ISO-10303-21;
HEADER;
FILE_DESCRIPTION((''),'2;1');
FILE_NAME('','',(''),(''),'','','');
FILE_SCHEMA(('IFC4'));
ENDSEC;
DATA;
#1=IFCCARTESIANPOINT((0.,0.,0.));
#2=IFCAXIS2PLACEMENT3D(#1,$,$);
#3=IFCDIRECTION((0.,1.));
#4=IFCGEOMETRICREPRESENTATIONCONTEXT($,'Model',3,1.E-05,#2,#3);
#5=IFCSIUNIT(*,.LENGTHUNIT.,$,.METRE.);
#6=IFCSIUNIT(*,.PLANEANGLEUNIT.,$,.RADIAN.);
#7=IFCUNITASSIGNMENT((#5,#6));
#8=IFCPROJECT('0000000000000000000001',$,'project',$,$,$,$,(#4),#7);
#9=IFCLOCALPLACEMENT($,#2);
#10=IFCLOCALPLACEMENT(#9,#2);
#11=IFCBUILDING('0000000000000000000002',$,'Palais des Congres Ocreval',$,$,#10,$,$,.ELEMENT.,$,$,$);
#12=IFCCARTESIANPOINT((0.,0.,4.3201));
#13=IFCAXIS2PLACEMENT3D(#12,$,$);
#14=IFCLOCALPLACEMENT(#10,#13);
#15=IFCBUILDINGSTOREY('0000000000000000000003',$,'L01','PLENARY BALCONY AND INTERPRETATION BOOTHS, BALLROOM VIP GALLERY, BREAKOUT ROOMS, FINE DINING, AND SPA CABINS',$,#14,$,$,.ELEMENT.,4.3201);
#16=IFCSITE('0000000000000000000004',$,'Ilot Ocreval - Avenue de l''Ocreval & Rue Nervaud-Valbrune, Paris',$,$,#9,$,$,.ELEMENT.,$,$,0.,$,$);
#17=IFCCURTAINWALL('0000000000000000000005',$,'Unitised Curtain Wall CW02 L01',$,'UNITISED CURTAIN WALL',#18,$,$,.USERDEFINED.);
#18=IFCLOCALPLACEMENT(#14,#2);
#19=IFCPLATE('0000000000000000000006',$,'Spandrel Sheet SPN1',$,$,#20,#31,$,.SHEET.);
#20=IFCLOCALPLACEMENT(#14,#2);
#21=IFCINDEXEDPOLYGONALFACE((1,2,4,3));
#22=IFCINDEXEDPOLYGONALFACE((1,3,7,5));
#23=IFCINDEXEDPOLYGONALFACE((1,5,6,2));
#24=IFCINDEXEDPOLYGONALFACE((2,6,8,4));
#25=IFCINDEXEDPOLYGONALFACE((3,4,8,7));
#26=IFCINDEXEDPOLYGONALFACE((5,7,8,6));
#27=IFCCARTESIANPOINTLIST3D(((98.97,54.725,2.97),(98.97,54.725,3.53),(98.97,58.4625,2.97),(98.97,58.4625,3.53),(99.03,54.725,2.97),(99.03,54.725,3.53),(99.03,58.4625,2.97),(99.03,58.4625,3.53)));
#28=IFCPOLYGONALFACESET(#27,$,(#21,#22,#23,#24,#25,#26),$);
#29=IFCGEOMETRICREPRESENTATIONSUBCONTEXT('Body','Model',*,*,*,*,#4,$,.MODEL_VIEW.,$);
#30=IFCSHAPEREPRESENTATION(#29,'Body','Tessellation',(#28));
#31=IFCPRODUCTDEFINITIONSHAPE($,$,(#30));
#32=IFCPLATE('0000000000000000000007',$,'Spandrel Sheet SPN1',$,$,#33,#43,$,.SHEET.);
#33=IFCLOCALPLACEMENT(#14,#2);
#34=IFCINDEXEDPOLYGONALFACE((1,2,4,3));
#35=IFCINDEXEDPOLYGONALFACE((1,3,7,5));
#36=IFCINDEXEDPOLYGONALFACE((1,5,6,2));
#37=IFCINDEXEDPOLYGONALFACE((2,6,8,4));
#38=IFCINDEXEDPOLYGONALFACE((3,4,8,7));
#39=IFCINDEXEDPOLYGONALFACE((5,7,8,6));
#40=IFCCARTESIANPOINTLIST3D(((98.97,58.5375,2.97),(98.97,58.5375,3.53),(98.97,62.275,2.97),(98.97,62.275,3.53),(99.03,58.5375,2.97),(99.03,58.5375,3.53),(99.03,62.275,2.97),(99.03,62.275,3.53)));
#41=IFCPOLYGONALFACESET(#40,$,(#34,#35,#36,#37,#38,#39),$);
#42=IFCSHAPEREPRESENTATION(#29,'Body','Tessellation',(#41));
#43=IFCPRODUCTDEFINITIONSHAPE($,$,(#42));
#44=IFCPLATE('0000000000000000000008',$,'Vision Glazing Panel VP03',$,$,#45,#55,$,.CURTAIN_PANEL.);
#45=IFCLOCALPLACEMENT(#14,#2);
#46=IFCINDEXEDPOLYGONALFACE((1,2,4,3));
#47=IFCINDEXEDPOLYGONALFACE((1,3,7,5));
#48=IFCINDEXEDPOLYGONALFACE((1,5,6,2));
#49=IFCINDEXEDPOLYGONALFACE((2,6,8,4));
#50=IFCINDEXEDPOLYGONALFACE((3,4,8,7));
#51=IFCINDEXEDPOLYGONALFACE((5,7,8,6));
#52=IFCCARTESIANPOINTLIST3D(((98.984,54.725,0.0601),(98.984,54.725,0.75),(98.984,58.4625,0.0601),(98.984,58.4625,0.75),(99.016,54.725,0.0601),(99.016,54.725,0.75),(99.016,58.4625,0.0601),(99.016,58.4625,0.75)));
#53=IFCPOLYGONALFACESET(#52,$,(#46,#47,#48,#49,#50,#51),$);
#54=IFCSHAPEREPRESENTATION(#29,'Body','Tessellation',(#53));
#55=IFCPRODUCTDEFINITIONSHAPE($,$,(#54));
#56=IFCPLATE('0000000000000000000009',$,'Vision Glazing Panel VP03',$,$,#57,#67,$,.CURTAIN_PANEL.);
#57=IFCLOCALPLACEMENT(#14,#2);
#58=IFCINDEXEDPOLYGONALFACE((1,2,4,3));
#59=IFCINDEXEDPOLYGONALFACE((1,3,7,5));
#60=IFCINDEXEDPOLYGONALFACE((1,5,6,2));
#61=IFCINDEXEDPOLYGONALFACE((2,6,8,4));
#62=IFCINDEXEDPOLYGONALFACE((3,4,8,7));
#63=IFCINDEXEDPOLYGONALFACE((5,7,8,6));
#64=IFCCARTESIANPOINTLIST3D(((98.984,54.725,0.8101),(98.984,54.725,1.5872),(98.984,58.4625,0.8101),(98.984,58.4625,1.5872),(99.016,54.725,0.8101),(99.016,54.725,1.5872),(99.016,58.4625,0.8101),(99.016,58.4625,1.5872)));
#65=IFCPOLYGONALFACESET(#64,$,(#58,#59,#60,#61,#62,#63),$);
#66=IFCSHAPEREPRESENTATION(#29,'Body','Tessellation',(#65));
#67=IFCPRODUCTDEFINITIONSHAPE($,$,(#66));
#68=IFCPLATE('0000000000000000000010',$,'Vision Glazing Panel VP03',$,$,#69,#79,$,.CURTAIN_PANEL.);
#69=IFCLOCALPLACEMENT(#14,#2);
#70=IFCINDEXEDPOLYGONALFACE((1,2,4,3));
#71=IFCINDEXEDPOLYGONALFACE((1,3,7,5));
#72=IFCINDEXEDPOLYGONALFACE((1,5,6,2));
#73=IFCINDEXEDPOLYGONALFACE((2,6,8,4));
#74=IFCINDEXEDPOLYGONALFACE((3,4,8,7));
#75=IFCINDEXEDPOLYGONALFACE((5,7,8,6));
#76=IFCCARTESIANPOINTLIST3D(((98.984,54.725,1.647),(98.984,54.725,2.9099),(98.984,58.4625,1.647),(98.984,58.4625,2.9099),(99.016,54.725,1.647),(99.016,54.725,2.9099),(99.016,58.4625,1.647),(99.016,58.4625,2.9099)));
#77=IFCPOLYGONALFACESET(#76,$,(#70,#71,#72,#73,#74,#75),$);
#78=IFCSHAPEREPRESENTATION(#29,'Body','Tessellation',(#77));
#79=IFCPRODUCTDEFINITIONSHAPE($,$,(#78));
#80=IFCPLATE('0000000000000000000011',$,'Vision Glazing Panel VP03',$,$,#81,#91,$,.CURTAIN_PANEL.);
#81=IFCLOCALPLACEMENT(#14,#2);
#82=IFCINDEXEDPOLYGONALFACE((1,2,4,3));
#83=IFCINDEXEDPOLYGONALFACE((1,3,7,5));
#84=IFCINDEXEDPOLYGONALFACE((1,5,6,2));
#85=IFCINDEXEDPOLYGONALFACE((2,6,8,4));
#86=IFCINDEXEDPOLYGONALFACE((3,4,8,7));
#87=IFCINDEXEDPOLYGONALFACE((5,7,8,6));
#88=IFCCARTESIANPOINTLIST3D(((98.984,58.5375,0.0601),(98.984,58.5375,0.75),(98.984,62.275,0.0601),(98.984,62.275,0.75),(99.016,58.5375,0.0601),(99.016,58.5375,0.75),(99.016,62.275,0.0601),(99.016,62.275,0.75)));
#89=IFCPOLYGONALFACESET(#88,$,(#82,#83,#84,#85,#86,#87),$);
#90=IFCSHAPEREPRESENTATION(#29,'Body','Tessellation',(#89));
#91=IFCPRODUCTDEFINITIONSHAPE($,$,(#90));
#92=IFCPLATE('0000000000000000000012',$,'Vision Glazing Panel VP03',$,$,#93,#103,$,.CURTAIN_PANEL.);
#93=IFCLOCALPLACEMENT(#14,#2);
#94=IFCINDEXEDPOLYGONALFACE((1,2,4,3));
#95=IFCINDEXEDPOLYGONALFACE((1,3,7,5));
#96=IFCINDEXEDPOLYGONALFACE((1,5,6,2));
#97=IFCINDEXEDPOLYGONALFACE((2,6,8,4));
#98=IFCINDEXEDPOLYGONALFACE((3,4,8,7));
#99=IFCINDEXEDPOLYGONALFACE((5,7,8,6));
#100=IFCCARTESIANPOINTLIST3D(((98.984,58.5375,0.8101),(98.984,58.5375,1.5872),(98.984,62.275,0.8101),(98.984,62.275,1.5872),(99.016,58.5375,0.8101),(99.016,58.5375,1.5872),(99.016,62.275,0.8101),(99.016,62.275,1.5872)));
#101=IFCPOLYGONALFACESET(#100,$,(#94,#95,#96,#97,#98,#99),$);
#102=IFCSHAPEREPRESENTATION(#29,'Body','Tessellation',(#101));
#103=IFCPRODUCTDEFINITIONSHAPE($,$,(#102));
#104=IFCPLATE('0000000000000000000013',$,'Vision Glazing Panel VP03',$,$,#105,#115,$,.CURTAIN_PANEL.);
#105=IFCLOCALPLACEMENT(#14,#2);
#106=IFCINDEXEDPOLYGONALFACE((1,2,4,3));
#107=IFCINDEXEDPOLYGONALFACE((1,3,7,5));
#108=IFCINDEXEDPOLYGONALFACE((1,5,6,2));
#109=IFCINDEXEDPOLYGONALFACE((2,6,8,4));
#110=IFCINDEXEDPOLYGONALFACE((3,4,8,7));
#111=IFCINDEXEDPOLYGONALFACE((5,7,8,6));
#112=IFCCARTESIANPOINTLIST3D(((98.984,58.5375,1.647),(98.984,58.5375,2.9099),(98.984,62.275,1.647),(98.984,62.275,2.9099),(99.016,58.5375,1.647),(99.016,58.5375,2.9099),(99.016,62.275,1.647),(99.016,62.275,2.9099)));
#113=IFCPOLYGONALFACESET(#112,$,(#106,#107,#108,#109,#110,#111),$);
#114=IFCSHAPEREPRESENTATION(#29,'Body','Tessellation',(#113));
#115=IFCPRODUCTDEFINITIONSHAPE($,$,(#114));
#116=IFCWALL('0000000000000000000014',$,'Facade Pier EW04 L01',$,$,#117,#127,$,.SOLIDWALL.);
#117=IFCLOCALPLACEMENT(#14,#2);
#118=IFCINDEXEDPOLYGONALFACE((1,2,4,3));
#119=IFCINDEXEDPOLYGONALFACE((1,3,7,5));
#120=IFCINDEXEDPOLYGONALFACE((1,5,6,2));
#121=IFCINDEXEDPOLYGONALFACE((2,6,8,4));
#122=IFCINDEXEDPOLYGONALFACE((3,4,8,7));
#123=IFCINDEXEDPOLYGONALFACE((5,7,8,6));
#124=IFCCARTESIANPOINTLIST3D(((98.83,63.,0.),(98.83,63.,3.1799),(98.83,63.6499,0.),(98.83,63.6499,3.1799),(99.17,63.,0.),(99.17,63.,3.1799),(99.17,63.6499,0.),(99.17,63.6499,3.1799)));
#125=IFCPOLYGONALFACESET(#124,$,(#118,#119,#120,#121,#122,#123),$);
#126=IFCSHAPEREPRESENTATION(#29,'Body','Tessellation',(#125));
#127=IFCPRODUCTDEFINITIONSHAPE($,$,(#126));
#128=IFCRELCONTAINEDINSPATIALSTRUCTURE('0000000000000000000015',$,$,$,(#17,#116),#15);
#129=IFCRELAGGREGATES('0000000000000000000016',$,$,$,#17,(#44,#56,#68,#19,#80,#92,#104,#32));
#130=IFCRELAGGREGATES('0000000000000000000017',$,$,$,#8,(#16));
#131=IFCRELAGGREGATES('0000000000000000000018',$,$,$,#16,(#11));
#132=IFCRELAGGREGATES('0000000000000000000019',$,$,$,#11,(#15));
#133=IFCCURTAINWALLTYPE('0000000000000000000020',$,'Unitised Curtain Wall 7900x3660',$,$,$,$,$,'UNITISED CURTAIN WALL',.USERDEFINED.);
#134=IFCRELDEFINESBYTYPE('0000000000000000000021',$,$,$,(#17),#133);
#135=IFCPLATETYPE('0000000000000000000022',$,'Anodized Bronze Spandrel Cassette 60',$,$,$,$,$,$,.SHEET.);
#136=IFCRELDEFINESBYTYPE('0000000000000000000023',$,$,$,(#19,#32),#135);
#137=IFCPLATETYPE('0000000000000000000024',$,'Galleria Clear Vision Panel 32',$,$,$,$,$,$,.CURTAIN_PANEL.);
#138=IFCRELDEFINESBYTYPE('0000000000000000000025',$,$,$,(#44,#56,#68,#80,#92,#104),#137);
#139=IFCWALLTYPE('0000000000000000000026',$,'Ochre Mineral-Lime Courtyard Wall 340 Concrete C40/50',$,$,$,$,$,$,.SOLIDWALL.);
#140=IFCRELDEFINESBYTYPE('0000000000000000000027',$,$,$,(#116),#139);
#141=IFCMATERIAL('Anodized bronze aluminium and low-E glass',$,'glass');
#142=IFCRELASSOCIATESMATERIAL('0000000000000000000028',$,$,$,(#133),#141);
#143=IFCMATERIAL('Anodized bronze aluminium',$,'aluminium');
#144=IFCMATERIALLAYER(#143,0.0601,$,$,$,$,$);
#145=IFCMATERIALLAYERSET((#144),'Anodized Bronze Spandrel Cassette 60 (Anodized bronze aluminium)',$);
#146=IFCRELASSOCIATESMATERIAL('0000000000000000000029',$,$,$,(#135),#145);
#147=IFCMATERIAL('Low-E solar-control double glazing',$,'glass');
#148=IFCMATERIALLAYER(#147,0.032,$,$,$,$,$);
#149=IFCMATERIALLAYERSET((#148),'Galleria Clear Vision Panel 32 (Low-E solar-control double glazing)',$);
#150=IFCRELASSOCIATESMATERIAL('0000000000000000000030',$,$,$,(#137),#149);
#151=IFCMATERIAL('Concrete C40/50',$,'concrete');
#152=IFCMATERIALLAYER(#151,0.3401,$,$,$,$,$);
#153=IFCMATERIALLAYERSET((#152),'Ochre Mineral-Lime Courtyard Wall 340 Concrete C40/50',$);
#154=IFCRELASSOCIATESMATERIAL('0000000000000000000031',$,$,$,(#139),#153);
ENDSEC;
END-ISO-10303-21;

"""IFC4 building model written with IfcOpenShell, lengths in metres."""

from ifc_helpers import new_model, si_unit, direction, frame, frame_2d, origin, origin_2d, place, context, subcontext, project, spatial, rectangle, extrude, material, layer, layer_set, type_object, element, aggregate, save


model = new_model("IFC4")

# Units and contexts
model_context = context("Model", 3, precision=1e-05, world=origin(), true_north=direction((0.0, 1.0)))
body_context = subcontext(model_context, "Body", "Model", "MODEL_VIEW")
ifc_project = project(units=[si_unit("LENGTHUNIT", "METRE"), si_unit("PLANEANGLEUNIT", "RADIAN")], contexts=[model_context])

# Site, building, storey
site_placement = place(None, origin())
site = spatial("IfcSite", under=ifc_project, at=site_placement, Name="Ilot Ocreval - Avenue de l'Ocreval & Rue Nervaud-Valbrune, Paris", CompositionType="ELEMENT", RefElevation=0.0)
building_placement = place(site_placement, origin())
building = spatial("IfcBuilding", under=site, at=building_placement, Name="Palais des Congres Ocreval", CompositionType="ELEMENT")
storey_placement = place(building_placement, frame((0.0, 0.0, 4.3201)))
storey = spatial("IfcBuildingStorey", under=building, at=storey_placement, Name="L01", Description="PLENARY BALCONY AND INTERPRETATION BOOTHS, BALLROOM VIP GALLERY, BREAKOUT ROOMS, FINE DINING, AND SPA CABINS", CompositionType="ELEMENT", Elevation=4.3201)

# Curtain wall
ifc_material_1 = material(Name="Anodized bronze aluminium and low-E glass", Category="glass")
curtain_wall_type = type_object("IfcCurtainWallType", Name="Unitised Curtain Wall 7900x3660", ElementType="UNITISED CURTAIN WALL", PredefinedType="USERDEFINED", material=ifc_material_1)
curtain_wall_placement = place(storey_placement, origin())
curtain_wall = element("IfcCurtainWall", 1, at=curtain_wall_placement, inside=storey, type_object=curtain_wall_type, Name="Unitised Curtain Wall CW02 L01", ObjectType="UNITISED CURTAIN WALL", PredefinedType="USERDEFINED")
ifc_material_2 = material(Name="Anodized bronze aluminium", Category="aluminium")

# Plates
ifc_layer_1 = layer(ifc_material_2, 0.0601)
ifc_layer_set_1 = layer_set([ifc_layer_1], Name="Anodized Bronze Spandrel Cassette 60 (Anodized bronze aluminium)")
plate_type_1 = type_object("IfcPlateType", Name="Anodized Bronze Spandrel Cassette 60", PredefinedType="SHEET", material=ifc_layer_set_1)
plate_1_placement = place(storey_placement, frame((99.0, 56.5938, 2.97), z_axis=(0.0, 0.0, 1.0), x_axis=(0.0, 1.0, 0.0)))
plate_1 = element("IfcPlate", 2, at=plate_1_placement, type_object=plate_type_1, Name="Spandrel Sheet SPN1", PredefinedType="SHEET", context=body_context, shape_type="SweptSolid", body=[
    extrude(rectangle(XDim=3.7375, YDim=0.0601, at=origin_2d()), origin(), (0.0, 0.0, 1.0), 0.5601),
])
plate_2_placement = place(storey_placement, frame((99.0, 60.4062, 2.97), z_axis=(0.0, 0.0, 1.0), x_axis=(0.0, 1.0, 0.0)))
plate_2 = element("IfcPlate", 3, at=plate_2_placement, type_object=plate_type_1, Name="Spandrel Sheet SPN1", PredefinedType="SHEET", context=body_context, shape_type="SweptSolid", body=[
    extrude(rectangle(XDim=3.7375, YDim=0.0601, at=origin_2d()), origin(), (0.0, 0.0, 1.0), 0.5601),
])
ifc_material_3 = material(Name="Low-E solar-control double glazing", Category="glass")
ifc_layer_2 = layer(ifc_material_3, 0.032)
ifc_layer_set_2 = layer_set([ifc_layer_2], Name="Galleria Clear Vision Panel 32 (Low-E solar-control double glazing)")
plate_type_2 = type_object("IfcPlateType", Name="Galleria Clear Vision Panel 32", PredefinedType="CURTAIN_PANEL", material=ifc_layer_set_2)
plate_3_placement = place(storey_placement, frame((99.0, 56.5938, 0.0601), z_axis=(0.0, 0.0, 1.0), x_axis=(0.0, 1.0, 0.0)))
plate_3 = element("IfcPlate", 4, at=plate_3_placement, type_object=plate_type_2, Name="Vision Glazing Panel VP03", PredefinedType="CURTAIN_PANEL", context=body_context, shape_type="SweptSolid", body=[
    extrude(rectangle(XDim=3.7375, YDim=0.032, at=origin_2d()), origin(), (0.0, 0.0, 1.0), 0.6899),
])
plate_4_placement = place(storey_placement, frame((99.0, 56.5938, 0.8101), z_axis=(0.0, 0.0, 1.0), x_axis=(0.0, 1.0, 0.0)))
plate_4 = element("IfcPlate", 5, at=plate_4_placement, type_object=plate_type_2, Name="Vision Glazing Panel VP03", PredefinedType="CURTAIN_PANEL", context=body_context, shape_type="SweptSolid", body=[
    extrude(rectangle(XDim=3.7375, YDim=0.032, at=origin_2d()), origin(), (0.0, 0.0, 1.0), 0.7771),
])
plate_5_placement = place(storey_placement, frame((99.0, 56.5938, 1.647), z_axis=(0.0, 0.0, 1.0), x_axis=(0.0, 1.0, 0.0)))
plate_5 = element("IfcPlate", 6, at=plate_5_placement, type_object=plate_type_2, Name="Vision Glazing Panel VP03", PredefinedType="CURTAIN_PANEL", context=body_context, shape_type="SweptSolid", body=[
    extrude(rectangle(XDim=3.7375, YDim=0.032, at=origin_2d()), origin(), (0.0, 0.0, 1.0), 1.2629),
])
plate_6_placement = place(storey_placement, frame((99.0, 60.4062, 0.0601), z_axis=(0.0, 0.0, 1.0), x_axis=(0.0, 1.0, 0.0)))
plate_6 = element("IfcPlate", 7, at=plate_6_placement, type_object=plate_type_2, Name="Vision Glazing Panel VP03", PredefinedType="CURTAIN_PANEL", context=body_context, shape_type="SweptSolid", body=[
    extrude(rectangle(XDim=3.7375, YDim=0.032, at=origin_2d()), origin(), (0.0, 0.0, 1.0), 0.6899),
])
plate_7_placement = place(storey_placement, frame((99.0, 60.4062, 0.8101), z_axis=(0.0, 0.0, 1.0), x_axis=(0.0, 1.0, 0.0)))
plate_7 = element("IfcPlate", 8, at=plate_7_placement, type_object=plate_type_2, Name="Vision Glazing Panel VP03", PredefinedType="CURTAIN_PANEL", context=body_context, shape_type="SweptSolid", body=[
    extrude(rectangle(XDim=3.7375, YDim=0.032, at=origin_2d()), origin(), (0.0, 0.0, 1.0), 0.7771),
])
plate_8_placement = place(storey_placement, frame((99.0, 60.4062, 1.647), z_axis=(0.0, 0.0, 1.0), x_axis=(0.0, 1.0, 0.0)))
plate_8 = element("IfcPlate", 9, at=plate_8_placement, type_object=plate_type_2, Name="Vision Glazing Panel VP03", PredefinedType="CURTAIN_PANEL", context=body_context, shape_type="SweptSolid", body=[
    extrude(rectangle(XDim=3.7375, YDim=0.032, at=origin_2d()), origin(), (0.0, 0.0, 1.0), 1.2629),
])
aggregate(curtain_wall, [plate_3, plate_4, plate_5, plate_1, plate_6, plate_7, plate_8, plate_2])

# Wall
ifc_material_4 = material(Name="Concrete C40/50", Category="concrete")
ifc_layer_3 = layer(ifc_material_4, 0.3401)
ifc_layer_set_3 = layer_set([ifc_layer_3], Name="Ochre Mineral-Lime Courtyard Wall 340 Concrete C40/50")
wall_type = type_object("IfcWallType", Name="Ochre Mineral-Lime Courtyard Wall 340 Concrete C40/50", PredefinedType="SOLIDWALL", material=ifc_layer_set_3)
wall_placement = place(storey_placement, frame((99.0, 63.0, 0.0), z_axis=(0.0, 0.0, 1.0), x_axis=(0.0, 1.0, 0.0)))
element("IfcWall", 10, at=wall_placement, inside=storey, type_object=wall_type, Name="Facade Pier EW04 L01", PredefinedType="SOLIDWALL", context=body_context, shape_type="SweptSolid", body=[
    extrude(rectangle(XDim=0.6499, YDim=0.3401, at=frame_2d((0.325, 0.0))), origin(), (0.0, 0.0, 1.0), 3.1799),
])

save(model, "model.ifc")
